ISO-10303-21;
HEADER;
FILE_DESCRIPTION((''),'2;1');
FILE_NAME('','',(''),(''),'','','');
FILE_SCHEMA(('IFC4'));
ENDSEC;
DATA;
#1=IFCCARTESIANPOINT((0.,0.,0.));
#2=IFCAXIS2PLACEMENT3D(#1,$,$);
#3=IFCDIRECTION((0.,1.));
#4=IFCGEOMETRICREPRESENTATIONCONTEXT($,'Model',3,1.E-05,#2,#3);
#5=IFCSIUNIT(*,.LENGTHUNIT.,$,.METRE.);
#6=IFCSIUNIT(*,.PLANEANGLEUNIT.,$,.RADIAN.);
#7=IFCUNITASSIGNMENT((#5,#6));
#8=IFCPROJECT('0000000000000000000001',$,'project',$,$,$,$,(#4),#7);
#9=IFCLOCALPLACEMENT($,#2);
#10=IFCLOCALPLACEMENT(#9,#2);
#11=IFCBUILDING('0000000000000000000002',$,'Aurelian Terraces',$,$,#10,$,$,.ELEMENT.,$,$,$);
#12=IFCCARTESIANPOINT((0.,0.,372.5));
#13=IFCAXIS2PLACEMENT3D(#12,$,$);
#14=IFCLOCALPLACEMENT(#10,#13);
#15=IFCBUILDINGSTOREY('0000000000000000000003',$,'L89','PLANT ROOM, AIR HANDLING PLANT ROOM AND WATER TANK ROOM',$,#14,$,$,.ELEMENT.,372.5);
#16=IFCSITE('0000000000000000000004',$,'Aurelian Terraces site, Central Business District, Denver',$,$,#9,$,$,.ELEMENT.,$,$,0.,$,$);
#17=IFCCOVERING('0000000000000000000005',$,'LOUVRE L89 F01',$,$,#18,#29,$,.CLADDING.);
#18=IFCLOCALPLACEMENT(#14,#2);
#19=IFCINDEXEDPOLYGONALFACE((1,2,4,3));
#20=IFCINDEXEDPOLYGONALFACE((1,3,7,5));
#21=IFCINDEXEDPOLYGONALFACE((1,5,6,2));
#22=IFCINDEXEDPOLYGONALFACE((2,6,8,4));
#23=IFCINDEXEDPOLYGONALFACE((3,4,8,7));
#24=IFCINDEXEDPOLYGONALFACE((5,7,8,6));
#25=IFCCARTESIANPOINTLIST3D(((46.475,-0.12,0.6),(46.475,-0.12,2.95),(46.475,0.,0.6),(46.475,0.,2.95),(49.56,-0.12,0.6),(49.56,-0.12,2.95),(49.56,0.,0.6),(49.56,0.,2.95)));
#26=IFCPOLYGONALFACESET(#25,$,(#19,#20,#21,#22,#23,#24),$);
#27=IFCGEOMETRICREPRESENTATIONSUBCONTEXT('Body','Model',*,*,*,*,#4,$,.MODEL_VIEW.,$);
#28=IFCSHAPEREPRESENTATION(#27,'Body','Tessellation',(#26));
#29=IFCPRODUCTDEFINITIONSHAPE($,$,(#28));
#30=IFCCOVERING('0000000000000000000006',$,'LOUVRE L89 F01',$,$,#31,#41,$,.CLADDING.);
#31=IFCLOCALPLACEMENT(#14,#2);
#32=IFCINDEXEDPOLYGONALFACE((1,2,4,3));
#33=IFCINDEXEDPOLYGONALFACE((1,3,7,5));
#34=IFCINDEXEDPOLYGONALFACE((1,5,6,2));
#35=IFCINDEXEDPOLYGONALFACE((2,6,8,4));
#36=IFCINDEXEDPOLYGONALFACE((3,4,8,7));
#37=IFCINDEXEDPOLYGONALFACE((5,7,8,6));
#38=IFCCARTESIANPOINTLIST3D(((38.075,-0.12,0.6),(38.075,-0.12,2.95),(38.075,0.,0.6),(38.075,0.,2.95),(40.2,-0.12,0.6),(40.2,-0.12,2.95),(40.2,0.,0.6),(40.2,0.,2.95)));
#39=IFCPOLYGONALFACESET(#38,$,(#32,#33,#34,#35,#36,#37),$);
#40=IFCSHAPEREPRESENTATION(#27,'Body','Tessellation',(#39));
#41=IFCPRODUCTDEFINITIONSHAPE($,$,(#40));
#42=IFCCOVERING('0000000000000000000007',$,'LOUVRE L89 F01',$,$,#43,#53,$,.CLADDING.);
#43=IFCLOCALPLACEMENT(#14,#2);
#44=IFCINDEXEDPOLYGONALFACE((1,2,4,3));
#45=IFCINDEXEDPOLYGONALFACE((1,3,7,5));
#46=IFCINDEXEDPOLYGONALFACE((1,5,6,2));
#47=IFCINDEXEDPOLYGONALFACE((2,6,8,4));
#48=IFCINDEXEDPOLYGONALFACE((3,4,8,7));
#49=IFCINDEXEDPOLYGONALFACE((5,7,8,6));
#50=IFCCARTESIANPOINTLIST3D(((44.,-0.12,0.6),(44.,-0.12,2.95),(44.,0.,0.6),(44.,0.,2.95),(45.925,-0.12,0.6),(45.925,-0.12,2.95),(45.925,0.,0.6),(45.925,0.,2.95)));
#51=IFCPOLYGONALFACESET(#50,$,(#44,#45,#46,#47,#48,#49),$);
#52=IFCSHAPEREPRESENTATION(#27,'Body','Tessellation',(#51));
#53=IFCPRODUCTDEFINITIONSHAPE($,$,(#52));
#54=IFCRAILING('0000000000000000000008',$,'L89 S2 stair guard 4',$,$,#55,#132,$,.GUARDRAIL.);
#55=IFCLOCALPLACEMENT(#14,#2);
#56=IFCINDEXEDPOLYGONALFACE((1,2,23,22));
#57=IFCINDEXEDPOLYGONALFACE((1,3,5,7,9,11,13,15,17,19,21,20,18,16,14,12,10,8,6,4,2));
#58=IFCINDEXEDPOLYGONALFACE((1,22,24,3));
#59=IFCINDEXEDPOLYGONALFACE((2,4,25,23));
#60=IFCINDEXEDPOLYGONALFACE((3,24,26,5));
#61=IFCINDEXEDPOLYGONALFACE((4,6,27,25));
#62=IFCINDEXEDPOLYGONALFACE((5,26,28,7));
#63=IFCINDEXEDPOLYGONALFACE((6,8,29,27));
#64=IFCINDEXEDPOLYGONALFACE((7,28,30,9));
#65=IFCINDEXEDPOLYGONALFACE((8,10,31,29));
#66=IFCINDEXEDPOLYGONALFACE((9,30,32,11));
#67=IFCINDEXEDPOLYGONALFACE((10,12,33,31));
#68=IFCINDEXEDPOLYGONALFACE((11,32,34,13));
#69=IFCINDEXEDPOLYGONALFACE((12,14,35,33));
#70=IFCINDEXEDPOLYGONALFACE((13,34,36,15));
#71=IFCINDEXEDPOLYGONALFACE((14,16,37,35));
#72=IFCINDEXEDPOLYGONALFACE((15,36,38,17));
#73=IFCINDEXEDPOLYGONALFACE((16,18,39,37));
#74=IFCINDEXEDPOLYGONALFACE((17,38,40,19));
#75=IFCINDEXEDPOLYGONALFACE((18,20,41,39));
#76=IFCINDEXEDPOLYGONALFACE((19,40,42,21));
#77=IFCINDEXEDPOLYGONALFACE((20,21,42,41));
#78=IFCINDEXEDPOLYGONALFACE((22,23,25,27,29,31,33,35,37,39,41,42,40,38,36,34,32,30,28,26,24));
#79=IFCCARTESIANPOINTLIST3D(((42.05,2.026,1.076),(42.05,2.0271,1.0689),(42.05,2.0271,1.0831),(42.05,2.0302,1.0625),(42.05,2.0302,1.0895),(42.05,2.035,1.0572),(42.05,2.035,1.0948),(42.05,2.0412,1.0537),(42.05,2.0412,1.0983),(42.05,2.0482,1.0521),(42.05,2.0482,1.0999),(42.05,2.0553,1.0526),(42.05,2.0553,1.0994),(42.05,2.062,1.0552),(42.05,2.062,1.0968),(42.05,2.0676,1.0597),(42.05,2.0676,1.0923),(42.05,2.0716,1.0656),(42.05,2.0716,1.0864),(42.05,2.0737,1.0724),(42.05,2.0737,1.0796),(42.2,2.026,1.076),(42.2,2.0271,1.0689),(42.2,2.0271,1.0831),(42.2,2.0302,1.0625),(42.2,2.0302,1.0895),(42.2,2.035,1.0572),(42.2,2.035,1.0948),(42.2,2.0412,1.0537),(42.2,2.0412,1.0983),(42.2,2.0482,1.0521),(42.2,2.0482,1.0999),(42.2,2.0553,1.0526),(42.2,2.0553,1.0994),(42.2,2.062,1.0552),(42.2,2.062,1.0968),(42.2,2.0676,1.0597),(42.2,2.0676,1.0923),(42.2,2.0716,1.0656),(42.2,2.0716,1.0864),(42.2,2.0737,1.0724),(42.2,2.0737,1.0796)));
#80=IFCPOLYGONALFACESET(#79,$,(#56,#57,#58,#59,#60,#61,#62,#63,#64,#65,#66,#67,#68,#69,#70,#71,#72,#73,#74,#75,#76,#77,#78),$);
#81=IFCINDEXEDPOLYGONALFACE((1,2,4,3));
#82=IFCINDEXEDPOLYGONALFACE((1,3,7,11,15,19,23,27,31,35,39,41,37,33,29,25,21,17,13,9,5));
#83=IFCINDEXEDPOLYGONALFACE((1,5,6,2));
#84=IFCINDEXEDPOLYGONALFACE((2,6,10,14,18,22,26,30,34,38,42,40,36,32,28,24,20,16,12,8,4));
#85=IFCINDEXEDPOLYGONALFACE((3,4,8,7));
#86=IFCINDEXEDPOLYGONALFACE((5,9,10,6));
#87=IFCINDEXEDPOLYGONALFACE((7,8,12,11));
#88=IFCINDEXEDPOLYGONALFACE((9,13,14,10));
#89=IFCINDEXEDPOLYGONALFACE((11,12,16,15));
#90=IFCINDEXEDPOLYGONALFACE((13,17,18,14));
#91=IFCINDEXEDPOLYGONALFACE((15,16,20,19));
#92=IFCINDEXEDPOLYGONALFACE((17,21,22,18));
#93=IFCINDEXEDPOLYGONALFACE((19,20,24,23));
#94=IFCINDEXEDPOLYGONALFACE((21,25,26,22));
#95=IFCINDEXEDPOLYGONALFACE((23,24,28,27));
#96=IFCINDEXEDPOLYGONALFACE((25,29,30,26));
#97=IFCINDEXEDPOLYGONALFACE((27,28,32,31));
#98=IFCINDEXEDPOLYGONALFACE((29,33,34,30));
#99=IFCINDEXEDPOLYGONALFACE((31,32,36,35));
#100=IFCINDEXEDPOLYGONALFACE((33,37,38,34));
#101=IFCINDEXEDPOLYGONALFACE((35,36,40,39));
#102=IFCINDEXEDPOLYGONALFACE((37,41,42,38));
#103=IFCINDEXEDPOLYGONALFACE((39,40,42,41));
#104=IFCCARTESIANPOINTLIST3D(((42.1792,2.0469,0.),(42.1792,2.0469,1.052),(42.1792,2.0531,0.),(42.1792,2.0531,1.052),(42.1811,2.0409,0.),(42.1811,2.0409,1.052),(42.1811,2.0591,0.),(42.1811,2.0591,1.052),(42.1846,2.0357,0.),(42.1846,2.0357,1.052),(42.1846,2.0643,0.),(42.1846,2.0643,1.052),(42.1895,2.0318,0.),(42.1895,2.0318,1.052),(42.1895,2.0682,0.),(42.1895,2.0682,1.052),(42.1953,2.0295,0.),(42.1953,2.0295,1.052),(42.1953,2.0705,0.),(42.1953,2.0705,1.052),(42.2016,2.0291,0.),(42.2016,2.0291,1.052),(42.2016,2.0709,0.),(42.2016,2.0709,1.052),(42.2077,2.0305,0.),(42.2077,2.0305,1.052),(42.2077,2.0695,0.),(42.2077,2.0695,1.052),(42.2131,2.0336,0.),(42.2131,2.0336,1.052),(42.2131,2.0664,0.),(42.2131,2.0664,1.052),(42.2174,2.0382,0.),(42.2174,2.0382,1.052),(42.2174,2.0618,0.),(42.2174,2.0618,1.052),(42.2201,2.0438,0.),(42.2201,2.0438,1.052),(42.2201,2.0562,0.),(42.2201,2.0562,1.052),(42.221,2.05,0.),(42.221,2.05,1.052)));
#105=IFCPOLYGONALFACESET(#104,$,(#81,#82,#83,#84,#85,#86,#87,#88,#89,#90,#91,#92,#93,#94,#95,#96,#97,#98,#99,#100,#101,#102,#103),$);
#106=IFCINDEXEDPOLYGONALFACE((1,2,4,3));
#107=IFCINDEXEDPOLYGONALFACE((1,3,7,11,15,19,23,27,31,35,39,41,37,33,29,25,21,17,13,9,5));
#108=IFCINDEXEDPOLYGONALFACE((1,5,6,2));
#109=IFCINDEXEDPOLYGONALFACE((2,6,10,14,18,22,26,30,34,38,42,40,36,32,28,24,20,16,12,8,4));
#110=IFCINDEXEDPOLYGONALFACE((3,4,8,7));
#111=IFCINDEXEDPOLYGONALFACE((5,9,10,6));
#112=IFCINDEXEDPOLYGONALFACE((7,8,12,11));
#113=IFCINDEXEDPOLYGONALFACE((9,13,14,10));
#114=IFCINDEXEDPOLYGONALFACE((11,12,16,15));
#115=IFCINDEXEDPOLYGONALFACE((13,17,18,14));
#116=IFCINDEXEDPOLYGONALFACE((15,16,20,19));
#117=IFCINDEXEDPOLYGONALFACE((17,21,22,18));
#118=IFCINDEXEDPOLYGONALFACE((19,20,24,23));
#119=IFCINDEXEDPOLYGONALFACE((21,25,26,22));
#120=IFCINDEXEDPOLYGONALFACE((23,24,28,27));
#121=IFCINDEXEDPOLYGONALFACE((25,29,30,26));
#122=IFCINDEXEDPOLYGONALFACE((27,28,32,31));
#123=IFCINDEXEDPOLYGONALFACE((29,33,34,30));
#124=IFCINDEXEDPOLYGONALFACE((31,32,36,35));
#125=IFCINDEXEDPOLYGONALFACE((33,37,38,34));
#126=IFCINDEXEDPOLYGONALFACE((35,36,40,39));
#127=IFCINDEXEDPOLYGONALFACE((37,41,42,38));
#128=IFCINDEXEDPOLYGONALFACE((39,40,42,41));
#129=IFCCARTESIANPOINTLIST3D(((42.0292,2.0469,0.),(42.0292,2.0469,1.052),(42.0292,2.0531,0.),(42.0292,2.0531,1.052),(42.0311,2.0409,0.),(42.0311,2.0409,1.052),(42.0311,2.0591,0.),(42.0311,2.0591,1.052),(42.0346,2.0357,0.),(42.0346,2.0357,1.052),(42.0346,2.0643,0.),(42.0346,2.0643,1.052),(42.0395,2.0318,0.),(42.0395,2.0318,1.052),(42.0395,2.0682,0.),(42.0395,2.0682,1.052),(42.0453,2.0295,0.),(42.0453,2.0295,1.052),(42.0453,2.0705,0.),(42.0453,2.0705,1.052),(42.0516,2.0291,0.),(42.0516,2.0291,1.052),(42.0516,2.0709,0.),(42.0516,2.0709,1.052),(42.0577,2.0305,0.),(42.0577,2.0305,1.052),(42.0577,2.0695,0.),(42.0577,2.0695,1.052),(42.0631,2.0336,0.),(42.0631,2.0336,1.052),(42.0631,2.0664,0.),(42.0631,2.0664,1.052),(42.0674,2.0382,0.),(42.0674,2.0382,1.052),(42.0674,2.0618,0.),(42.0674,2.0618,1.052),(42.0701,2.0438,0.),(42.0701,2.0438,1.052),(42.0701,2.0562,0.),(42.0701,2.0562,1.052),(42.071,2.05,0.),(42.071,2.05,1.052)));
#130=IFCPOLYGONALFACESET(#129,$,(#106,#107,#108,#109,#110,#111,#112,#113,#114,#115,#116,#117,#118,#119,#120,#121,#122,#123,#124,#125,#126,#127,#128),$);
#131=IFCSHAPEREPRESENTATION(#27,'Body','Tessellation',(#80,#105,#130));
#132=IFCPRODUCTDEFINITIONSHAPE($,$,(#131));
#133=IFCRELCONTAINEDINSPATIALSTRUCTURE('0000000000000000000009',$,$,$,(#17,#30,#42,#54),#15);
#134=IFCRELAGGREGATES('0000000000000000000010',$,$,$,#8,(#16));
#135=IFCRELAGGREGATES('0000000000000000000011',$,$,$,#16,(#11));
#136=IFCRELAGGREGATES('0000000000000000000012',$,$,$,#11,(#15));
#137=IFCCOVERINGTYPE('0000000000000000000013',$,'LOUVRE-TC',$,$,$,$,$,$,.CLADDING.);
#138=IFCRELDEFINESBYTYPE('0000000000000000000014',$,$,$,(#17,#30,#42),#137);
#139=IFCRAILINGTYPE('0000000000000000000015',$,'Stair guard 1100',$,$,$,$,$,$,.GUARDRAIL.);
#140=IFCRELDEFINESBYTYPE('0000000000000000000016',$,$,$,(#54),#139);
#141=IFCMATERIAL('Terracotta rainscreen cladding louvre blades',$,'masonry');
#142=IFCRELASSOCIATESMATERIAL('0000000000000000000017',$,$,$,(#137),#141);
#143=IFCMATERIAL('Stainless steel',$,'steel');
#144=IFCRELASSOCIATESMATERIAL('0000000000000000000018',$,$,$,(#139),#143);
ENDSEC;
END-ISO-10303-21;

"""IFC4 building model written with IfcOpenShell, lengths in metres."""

from ifc_helpers import new_model, si_unit, direction, frame, origin, origin_2d, place, context, subcontext, project, spatial, rectangle, circle, extrude, source, transform, mapped, material, type_object, element, save


model = new_model("IFC4")

# Units and contexts
model_context = context("Model", 3, precision=1e-05, world=origin(), true_north=direction((0.0, 1.0)))
body_context = subcontext(model_context, "Body", "Model", "MODEL_VIEW")
ifc_project = project(units=[si_unit("LENGTHUNIT", "METRE"), si_unit("PLANEANGLEUNIT", "RADIAN")], contexts=[model_context])

# Site, building, storey
site_placement = place(None, origin())
site = spatial("IfcSite", under=ifc_project, at=site_placement, Name="Aurelian Terraces site, Central Business District, Denver", CompositionType="ELEMENT", RefElevation=0.0)
building_placement = place(site_placement, origin())
building = spatial("IfcBuilding", under=site, at=building_placement, Name="Aurelian Terraces", CompositionType="ELEMENT")
storey_placement = place(building_placement, frame((0.0, 0.0, 372.5)))
storey = spatial("IfcBuildingStorey", under=building, at=storey_placement, Name="L89", Description="PLANT ROOM, AIR HANDLING PLANT ROOM AND WATER TANK ROOM", CompositionType="ELEMENT", Elevation=372.5)

# Coverings
ifc_material_1 = material(Name="Terracotta rainscreen cladding louvre blades", Category="masonry")
covering_type_1 = type_object("IfcCoveringType", Name="LOUVRE-TC", PredefinedType="CLADDING", material=ifc_material_1)
covering_1_placement = place(storey_placement, frame((48.0175, -0.06, 0.6), z_axis=(0.0, 0.0, 1.0), x_axis=(1.0, 0.0, 0.0)))
element("IfcCovering", 1, at=covering_1_placement, inside=storey, type_object=covering_type_1, Name="LOUVRE L89 F01", PredefinedType="CLADDING", context=body_context, shape_type="SweptSolid", body=[
    extrude(rectangle(XDim=3.085, YDim=0.12, at=origin_2d()), origin(), (0.0, 0.0, 1.0), 2.35),
])
shared_shape_1 = source(origin(), body_context, "Body", "SweptSolid", [
    extrude(rectangle(XDim=2.125, YDim=0.12, at=origin_2d()), origin(), (0.0, 0.0, 1.0), 2.35),
])
covering_2_placement = place(storey_placement, frame((39.1375, -0.06, 0.6), z_axis=(0.0, 0.0, 1.0), x_axis=(1.0, 0.0, 0.0)))
element("IfcCovering", 2, at=covering_2_placement, inside=storey, type_object=covering_type_1, Name="LOUVRE L89 F01", PredefinedType="CLADDING", context=body_context, shape_type="MappedRepresentation", body=[
    mapped(shared_shape_1, transform((0.0, 0.0, 0.0), scale=1.0)),
])
shared_shape_2 = source(origin(), body_context, "Body", "SweptSolid", [
    extrude(rectangle(XDim=1.925, YDim=0.12, at=origin_2d()), origin(), (0.0, 0.0, 1.0), 2.35),
])
covering_3_placement = place(storey_placement, frame((44.9625, -0.06, 0.6), z_axis=(0.0, 0.0, 1.0), x_axis=(1.0, 0.0, 0.0)))
element("IfcCovering", 3, at=covering_3_placement, inside=storey, type_object=covering_type_1, Name="LOUVRE L89 F01", PredefinedType="CLADDING", context=body_context, shape_type="MappedRepresentation", body=[
    mapped(shared_shape_2, transform((0.0, 0.0, 0.0), scale=1.0)),
])

# Railing
ifc_material_2 = material(Name="Stainless steel", Category="steel")
railing_type_1 = type_object("IfcRailingType", Name="Stair guard 1100", PredefinedType="GUARDRAIL", material=ifc_material_2)
shared_shape_3 = source(origin(), body_context, "Body", "SweptSolid", [
    extrude(circle(Radius=0.024, at=origin_2d()), frame((0.0, 0.0, 1.076), z_axis=(-1.0, 0.0, 0.0), x_axis=(0.0, -1.0, 0.0)), (0.0, 0.0, 1.0), 0.15),
    extrude(circle(Radius=0.021, at=origin_2d()), origin(), (0.0, 0.0, 1.0), 1.052),
    extrude(circle(Radius=0.021, at=origin_2d()), frame((-0.15, 0.0, 0.0)), (0.0, 0.0, 1.0), 1.052),
])
railing_1_placement = place(storey_placement, frame((42.2, 2.05, 0.0)))
element("IfcRailing", 4, at=railing_1_placement, inside=storey, type_object=railing_type_1, Name="L89 S2 stair guard 4", PredefinedType="GUARDRAIL", context=body_context, shape_type="MappedRepresentation", body=[
    mapped(shared_shape_3, transform((0.0, 0.0, 0.0), scale=1.0)),
])

save(model, "model.ifc")
